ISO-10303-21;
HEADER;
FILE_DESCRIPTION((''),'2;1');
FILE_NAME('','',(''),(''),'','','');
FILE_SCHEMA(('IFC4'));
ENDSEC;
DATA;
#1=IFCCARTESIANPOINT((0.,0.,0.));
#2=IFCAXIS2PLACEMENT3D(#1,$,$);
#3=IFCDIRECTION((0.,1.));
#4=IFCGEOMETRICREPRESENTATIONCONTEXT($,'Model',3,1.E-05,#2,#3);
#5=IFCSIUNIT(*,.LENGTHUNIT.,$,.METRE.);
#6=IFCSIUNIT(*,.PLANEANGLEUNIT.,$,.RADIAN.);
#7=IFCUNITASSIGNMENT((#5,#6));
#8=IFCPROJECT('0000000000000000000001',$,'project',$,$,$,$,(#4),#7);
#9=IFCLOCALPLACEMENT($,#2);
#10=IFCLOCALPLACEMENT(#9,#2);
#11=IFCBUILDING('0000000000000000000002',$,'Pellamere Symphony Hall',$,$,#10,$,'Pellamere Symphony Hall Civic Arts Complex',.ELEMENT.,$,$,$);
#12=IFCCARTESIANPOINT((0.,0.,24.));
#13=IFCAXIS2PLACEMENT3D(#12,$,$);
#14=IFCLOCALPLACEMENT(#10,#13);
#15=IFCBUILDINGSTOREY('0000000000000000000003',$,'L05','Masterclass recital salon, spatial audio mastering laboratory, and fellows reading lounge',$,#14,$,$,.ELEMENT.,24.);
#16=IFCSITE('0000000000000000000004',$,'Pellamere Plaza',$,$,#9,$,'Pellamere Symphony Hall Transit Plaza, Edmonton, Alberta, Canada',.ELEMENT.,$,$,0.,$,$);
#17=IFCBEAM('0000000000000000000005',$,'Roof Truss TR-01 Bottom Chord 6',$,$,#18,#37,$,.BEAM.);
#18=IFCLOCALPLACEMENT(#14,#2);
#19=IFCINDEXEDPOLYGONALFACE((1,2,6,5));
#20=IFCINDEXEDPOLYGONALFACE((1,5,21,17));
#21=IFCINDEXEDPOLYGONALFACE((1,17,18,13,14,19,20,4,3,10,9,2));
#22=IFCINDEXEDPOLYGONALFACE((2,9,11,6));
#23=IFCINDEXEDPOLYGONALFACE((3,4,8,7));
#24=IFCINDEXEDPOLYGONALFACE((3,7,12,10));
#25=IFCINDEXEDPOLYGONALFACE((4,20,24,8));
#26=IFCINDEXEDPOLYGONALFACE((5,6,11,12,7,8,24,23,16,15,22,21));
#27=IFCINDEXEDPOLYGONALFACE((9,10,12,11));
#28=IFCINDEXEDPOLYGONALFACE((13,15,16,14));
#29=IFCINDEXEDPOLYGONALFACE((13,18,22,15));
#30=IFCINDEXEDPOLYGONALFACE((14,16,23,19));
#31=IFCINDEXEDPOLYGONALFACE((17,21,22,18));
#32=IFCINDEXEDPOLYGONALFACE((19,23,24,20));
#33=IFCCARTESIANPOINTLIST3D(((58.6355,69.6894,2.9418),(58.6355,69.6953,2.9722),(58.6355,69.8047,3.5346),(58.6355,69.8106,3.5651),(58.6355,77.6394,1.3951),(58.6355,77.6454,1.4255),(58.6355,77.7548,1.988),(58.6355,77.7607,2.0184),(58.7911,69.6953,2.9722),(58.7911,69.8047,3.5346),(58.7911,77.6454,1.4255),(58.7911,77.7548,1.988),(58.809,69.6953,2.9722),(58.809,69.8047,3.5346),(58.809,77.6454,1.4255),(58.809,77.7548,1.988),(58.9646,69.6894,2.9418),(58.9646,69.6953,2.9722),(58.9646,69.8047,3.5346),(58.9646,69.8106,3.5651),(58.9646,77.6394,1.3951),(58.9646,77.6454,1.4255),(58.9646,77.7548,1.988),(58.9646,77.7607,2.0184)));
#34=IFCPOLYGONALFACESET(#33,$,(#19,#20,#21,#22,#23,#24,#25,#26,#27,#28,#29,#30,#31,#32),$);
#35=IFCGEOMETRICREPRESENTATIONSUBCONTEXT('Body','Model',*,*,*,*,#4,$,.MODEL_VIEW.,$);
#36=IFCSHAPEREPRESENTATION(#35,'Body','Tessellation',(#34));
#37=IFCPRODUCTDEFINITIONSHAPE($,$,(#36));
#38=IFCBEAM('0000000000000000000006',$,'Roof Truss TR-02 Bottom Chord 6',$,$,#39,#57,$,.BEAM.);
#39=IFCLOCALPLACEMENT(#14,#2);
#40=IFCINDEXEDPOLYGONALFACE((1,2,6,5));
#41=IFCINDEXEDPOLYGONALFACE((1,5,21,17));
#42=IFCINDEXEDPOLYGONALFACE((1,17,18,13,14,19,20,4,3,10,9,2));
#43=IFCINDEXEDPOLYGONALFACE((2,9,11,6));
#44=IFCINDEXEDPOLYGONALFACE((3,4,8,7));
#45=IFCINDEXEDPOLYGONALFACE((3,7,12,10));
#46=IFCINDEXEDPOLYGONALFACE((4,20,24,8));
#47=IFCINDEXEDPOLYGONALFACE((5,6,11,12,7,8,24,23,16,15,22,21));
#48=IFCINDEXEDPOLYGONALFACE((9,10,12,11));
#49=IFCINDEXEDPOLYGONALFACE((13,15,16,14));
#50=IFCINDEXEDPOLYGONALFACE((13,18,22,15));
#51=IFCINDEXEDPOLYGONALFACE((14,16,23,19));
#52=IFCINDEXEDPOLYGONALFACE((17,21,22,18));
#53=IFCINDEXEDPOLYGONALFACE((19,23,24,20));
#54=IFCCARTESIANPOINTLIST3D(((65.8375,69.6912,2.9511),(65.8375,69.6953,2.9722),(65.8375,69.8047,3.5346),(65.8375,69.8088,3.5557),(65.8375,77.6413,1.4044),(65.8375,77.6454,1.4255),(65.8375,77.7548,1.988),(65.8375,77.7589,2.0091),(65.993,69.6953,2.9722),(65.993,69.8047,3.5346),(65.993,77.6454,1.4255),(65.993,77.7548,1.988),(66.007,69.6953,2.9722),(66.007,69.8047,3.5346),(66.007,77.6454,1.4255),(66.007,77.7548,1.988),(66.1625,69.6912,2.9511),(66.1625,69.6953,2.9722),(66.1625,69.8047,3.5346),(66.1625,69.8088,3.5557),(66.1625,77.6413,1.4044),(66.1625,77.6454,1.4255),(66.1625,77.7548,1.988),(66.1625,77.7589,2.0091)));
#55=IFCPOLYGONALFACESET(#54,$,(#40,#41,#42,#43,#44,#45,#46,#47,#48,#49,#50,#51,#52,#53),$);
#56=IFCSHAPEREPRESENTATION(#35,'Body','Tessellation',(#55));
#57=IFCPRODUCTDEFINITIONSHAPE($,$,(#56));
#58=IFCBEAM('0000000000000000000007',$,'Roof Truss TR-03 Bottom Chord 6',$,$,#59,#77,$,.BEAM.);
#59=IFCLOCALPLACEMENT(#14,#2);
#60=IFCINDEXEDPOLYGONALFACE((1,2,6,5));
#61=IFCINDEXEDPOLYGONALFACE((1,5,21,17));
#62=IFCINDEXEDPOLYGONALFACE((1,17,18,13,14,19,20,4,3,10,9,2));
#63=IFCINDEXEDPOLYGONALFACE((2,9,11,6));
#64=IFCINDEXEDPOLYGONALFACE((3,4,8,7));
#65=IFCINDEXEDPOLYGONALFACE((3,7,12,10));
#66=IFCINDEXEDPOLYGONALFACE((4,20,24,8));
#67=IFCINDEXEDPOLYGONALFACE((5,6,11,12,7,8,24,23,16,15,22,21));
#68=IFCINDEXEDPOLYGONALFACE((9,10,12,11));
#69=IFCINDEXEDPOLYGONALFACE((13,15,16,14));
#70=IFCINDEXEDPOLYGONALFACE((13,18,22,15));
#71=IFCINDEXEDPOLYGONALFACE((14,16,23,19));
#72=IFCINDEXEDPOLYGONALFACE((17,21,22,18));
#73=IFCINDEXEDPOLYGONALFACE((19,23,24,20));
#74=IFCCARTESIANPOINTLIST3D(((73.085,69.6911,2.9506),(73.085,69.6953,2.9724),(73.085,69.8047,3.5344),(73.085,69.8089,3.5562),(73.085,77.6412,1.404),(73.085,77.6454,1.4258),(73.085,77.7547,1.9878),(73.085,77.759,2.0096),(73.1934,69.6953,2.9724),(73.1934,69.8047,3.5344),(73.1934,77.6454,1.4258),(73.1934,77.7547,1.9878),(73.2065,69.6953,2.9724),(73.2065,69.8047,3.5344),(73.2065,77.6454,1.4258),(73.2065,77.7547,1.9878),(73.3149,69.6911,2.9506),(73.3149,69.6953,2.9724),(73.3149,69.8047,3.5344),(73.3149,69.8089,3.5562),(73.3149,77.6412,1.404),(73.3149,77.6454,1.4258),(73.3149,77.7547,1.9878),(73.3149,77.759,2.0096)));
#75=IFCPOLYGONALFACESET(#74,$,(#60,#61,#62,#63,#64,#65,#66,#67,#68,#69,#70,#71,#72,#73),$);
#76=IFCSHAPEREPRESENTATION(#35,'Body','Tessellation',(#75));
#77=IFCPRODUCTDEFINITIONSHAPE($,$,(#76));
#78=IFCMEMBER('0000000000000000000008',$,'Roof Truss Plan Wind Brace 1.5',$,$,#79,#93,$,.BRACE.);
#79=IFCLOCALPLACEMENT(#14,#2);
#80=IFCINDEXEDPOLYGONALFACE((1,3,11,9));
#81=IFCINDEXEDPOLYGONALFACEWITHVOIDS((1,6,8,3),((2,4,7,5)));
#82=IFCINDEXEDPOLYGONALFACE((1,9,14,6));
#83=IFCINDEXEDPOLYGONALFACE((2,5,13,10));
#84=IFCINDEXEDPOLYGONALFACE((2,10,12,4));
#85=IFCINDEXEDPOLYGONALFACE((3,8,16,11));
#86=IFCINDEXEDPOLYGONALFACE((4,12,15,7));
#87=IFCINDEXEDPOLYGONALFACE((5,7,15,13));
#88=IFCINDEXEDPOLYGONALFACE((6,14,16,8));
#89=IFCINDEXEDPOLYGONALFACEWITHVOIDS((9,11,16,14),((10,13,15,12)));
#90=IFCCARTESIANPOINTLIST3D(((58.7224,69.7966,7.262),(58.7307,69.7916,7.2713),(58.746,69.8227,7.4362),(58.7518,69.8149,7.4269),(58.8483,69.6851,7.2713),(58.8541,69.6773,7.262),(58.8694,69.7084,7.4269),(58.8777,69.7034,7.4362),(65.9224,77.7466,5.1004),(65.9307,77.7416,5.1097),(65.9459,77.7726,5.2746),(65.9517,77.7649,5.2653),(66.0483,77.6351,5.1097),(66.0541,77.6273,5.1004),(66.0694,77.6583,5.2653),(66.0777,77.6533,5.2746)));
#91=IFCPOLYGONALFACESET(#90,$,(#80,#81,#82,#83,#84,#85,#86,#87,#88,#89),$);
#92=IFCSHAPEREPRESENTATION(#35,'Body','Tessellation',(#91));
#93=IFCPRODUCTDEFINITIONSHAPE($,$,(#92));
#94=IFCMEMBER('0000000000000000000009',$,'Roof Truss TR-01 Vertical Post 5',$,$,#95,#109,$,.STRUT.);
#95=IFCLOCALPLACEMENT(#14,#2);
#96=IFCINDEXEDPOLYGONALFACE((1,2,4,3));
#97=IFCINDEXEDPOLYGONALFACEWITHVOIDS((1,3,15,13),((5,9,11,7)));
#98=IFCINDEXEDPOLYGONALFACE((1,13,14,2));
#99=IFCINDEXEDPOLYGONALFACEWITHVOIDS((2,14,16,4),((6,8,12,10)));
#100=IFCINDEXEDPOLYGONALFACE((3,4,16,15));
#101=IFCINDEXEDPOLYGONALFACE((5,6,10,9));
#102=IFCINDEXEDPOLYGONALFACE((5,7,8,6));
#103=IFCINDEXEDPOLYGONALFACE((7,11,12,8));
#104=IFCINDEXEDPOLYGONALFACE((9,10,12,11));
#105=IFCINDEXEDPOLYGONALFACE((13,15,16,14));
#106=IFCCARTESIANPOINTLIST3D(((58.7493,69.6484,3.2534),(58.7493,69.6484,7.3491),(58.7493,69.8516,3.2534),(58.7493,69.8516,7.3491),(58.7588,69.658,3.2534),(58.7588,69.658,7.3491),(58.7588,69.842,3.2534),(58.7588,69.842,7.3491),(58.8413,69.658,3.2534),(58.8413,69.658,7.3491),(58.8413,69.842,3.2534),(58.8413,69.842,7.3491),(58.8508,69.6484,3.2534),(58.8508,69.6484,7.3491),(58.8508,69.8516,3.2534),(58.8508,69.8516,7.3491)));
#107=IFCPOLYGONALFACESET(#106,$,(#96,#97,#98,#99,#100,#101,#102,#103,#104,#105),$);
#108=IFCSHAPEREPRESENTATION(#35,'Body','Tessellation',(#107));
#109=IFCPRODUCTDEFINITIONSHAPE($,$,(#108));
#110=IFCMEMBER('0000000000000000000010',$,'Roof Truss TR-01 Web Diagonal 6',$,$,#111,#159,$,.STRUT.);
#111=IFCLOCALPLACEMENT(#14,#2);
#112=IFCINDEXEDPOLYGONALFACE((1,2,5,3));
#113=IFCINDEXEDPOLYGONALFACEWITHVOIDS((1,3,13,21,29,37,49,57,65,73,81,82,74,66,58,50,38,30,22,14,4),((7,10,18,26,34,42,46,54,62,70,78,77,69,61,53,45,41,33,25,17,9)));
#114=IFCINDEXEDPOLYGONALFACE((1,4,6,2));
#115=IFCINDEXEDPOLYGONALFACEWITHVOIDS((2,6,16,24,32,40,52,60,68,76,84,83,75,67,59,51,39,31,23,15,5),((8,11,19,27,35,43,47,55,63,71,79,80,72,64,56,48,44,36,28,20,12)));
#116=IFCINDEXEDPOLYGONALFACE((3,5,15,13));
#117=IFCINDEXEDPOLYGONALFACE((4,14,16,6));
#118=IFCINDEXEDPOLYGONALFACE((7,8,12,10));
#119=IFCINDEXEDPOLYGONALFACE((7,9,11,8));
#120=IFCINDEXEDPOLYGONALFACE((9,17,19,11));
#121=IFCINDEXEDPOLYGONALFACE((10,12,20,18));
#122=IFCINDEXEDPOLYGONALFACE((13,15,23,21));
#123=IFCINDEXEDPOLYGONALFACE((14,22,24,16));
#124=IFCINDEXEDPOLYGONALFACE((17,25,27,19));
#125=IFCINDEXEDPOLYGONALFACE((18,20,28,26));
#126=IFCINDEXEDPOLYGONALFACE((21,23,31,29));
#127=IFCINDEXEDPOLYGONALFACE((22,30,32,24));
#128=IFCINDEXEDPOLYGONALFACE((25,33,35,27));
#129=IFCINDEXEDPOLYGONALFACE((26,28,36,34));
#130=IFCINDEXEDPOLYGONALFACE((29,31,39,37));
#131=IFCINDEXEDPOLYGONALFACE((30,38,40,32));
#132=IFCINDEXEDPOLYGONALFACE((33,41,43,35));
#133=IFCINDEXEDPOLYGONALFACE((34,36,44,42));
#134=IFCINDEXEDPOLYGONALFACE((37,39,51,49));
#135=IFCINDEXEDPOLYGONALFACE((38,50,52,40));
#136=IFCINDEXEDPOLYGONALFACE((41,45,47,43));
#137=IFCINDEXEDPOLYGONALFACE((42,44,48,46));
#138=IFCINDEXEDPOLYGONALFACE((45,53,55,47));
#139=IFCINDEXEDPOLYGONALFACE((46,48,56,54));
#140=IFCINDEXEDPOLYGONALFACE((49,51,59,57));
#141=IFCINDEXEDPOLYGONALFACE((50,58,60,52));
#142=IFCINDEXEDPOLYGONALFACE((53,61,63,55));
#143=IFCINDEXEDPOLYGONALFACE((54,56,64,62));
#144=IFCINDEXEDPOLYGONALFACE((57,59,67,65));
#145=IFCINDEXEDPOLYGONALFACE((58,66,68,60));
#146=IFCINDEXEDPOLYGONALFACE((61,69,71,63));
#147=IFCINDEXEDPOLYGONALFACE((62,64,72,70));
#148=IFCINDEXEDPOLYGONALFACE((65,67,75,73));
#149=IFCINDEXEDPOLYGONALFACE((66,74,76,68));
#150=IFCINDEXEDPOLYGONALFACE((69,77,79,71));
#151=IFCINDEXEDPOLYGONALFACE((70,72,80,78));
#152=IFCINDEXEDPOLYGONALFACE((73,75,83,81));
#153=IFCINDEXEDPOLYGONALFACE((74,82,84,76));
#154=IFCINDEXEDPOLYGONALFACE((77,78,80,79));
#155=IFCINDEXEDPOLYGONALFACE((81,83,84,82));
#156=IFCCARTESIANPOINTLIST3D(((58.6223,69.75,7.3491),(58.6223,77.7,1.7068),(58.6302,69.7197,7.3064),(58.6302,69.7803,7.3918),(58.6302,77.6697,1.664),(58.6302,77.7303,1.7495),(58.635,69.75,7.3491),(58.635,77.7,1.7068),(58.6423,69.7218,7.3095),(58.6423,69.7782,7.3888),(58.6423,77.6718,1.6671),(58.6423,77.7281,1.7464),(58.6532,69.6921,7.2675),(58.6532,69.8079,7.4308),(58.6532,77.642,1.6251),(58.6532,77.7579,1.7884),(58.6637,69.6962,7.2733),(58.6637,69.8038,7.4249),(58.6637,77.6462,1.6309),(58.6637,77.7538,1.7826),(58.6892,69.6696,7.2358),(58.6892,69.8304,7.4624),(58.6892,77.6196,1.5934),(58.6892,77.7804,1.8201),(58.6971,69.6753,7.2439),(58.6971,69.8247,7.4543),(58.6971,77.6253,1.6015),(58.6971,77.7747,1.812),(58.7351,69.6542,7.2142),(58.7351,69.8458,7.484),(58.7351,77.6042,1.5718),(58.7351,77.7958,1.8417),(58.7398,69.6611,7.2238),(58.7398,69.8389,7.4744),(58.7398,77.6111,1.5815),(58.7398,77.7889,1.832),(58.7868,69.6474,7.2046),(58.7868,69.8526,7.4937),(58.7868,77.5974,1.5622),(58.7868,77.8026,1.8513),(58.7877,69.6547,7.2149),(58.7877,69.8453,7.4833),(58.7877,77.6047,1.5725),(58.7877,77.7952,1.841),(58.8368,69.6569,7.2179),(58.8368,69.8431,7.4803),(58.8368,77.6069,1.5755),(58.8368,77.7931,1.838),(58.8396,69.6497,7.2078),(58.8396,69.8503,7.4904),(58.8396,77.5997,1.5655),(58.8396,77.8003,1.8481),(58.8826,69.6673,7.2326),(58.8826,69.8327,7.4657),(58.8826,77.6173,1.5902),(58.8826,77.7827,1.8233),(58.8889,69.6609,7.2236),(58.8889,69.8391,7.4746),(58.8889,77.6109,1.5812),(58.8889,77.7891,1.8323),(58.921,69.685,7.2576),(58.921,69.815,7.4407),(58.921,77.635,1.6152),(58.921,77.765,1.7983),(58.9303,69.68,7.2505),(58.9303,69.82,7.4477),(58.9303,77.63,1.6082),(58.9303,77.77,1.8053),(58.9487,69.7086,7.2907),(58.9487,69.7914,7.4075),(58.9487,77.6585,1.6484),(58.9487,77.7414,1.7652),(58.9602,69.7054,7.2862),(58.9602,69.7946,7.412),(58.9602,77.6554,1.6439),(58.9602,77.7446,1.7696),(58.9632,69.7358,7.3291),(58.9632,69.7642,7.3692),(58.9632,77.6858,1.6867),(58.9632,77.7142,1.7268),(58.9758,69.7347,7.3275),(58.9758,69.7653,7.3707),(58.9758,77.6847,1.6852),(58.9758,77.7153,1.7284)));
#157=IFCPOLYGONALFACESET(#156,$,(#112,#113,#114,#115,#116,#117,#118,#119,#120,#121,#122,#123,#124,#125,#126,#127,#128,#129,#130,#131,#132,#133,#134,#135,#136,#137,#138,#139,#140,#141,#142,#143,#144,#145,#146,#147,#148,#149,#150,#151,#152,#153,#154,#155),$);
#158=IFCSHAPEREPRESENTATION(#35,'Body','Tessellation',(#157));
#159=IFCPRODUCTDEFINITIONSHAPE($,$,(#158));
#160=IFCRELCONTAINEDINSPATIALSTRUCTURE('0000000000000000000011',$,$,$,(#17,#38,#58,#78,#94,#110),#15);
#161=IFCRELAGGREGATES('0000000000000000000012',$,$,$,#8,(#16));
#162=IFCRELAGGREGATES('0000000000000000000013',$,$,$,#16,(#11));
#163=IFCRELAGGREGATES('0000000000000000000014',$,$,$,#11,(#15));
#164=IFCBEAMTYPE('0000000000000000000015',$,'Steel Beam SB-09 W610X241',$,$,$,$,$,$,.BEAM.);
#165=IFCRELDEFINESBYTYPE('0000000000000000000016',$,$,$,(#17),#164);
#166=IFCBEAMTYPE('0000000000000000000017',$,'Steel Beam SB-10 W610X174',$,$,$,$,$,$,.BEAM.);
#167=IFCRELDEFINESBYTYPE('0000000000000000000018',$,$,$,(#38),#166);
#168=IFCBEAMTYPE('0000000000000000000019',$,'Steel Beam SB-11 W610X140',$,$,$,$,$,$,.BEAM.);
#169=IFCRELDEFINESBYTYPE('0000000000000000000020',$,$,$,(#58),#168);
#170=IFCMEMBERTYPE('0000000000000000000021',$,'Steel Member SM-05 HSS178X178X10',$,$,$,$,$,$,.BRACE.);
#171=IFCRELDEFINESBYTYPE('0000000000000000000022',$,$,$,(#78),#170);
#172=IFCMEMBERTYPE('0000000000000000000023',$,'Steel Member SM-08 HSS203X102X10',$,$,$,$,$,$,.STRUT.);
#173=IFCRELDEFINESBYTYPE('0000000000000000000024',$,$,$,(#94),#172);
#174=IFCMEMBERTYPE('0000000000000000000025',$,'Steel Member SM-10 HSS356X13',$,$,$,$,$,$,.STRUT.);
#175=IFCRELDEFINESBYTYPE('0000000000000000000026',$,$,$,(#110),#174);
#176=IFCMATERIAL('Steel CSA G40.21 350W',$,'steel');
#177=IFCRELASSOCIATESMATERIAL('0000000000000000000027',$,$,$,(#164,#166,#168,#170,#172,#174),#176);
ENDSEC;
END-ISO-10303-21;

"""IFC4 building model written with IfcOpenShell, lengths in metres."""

from ifc_helpers import new_model, si_unit, direction, frame, origin, origin_2d, place, context, subcontext, project, spatial, hollow_rectangle, hollow_circle, i_section, extrude, material, material_profile, profile_set, type_object, element, save


model = new_model("IFC4")

# Units and contexts
model_context = context("Model", 3, precision=1e-05, world=origin(), true_north=direction((0.0, 1.0)))
body_context = subcontext(model_context, "Body", "Model", "MODEL_VIEW")
ifc_project = project(units=[si_unit("LENGTHUNIT", "METRE"), si_unit("PLANEANGLEUNIT", "RADIAN")], contexts=[model_context])

# Site, building, storey
site_placement = place(None, origin())
site = spatial("IfcSite", under=ifc_project, at=site_placement, Name="Pellamere Plaza", LongName="Pellamere Symphony Hall Transit Plaza, Edmonton, Alberta, Canada", CompositionType="ELEMENT", RefElevation=0.0)
building_placement = place(site_placement, origin())
building = spatial("IfcBuilding", under=site, at=building_placement, Name="Pellamere Symphony Hall", LongName="Pellamere Symphony Hall Civic Arts Complex", CompositionType="ELEMENT")
storey_placement = place(building_placement, frame((0.0, 0.0, 24.0)))
storey = spatial("IfcBuildingStorey", under=building, at=storey_placement, Name="L05", Description="Masterclass recital salon, spatial audio mastering laboratory, and fellows reading lounge", CompositionType="ELEMENT", Elevation=24.0)

# Beams
ifc_material_1 = material(Name="Steel CSA G40.21 350W", Category="steel")
ifc_material_profile_1 = material_profile(ifc_material_1, i_section(OverallWidth=0.3291, OverallDepth=0.635, WebThickness=0.0178, FlangeThickness=0.031, at=origin_2d()), Name="W610X241")
ifc_profile_set_1 = profile_set([ifc_material_profile_1], Name="Steel CSA G40.21 350W")
beam_type_1 = type_object("IfcBeamType", Name="Steel Beam SB-09 W610X241", PredefinedType="BEAM", material=ifc_profile_set_1)
beam_1_placement = place(storey_placement, frame((58.8, 69.75, 3.2534), z_axis=(0.0, 0.981597, -0.190966), x_axis=(-1.0, 0.0, 0.0)))
element("IfcBeam", 1, at=beam_1_placement, inside=storey, type_object=beam_type_1, Name="Roof Truss TR-01 Bottom Chord 6", PredefinedType="BEAM", context=body_context, shape_type="SweptSolid", body=[
    extrude(i_section(OverallWidth=0.3291, OverallDepth=0.635, WebThickness=0.0178, FlangeThickness=0.031, at=origin_2d()), origin(), (0.0, 0.0, 1.0), 8.0991),
])
ifc_material_profile_2 = material_profile(ifc_material_1, i_section(OverallWidth=0.325, OverallDepth=0.616, WebThickness=0.0139, FlangeThickness=0.0215, at=origin_2d()), Name="W610X174")
ifc_profile_set_2 = profile_set([ifc_material_profile_2], Name="Steel CSA G40.21 350W")
beam_type_2 = type_object("IfcBeamType", Name="Steel Beam SB-10 W610X174", PredefinedType="BEAM", material=ifc_profile_set_2)
beam_2_placement = place(storey_placement, frame((66.0, 69.75, 3.2534), z_axis=(0.0, 0.981597, -0.190966), x_axis=(-1.0, 0.0, 0.0)))
element("IfcBeam", 2, at=beam_2_placement, inside=storey, type_object=beam_type_2, Name="Roof Truss TR-02 Bottom Chord 6", PredefinedType="BEAM", context=body_context, shape_type="SweptSolid", body=[
    extrude(i_section(OverallWidth=0.325, OverallDepth=0.616, WebThickness=0.0139, FlangeThickness=0.0215, at=origin_2d()), origin(), (0.0, 0.0, 1.0), 8.0991),
])
ifc_material_profile_3 = material_profile(ifc_material_1, i_section(OverallWidth=0.23, OverallDepth=0.6169, WebThickness=0.0132, FlangeThickness=0.0222, at=origin_2d()), Name="W610X140")
ifc_profile_set_3 = profile_set([ifc_material_profile_3], Name="Steel CSA G40.21 350W")
beam_type_3 = type_object("IfcBeamType", Name="Steel Beam SB-11 W610X140", PredefinedType="BEAM", material=ifc_profile_set_3)
beam_3_placement = place(storey_placement, frame((73.2, 69.75, 3.2534), z_axis=(0.0, 0.981597, -0.190966), x_axis=(-1.0, 0.0, 0.0)))
element("IfcBeam", 3, at=beam_3_placement, inside=storey, type_object=beam_type_3, Name="Roof Truss TR-03 Bottom Chord 6", PredefinedType="BEAM", context=body_context, shape_type="SweptSolid", body=[
    extrude(i_section(OverallWidth=0.23, OverallDepth=0.6169, WebThickness=0.0132, FlangeThickness=0.0222, at=origin_2d()), origin(), (0.0, 0.0, 1.0), 8.0991),
])

# Members
ifc_material_profile_4 = material_profile(ifc_material_1, hollow_rectangle(XDim=0.1777, YDim=0.1777, WallThickness=0.0095, at=origin_2d()), Name="HSS178X178X10")
ifc_profile_set_4 = profile_set([ifc_material_profile_4], Name="Steel CSA G40.21 350W")
member_type_1 = type_object("IfcMemberType", Name="Steel Member SM-05 HSS178X178X10", PredefinedType="BRACE", material=ifc_profile_set_4)
member_1_placement = place(storey_placement, frame((58.8, 69.75, 7.3491), z_axis=(0.658048, 0.726595, -0.197564), x_axis=(-0.741205, 0.671279, 0.0)))
element("IfcMember", 4, at=member_1_placement, inside=storey, type_object=member_type_1, Name="Roof Truss Plan Wind Brace 1.5", PredefinedType="BRACE", context=body_context, shape_type="SweptSolid", body=[
    extrude(hollow_rectangle(XDim=0.1777, YDim=0.1777, WallThickness=0.0095, at=origin_2d()), origin(), (0.0, 0.0, 1.0), 10.9414),
])
ifc_material_profile_5 = material_profile(ifc_material_1, hollow_rectangle(XDim=0.1016, YDim=0.2031, WallThickness=0.0095, at=origin_2d()), Name="HSS203X102X10")
ifc_profile_set_5 = profile_set([ifc_material_profile_5], Name="Steel CSA G40.21 350W")
member_type_2 = type_object("IfcMemberType", Name="Steel Member SM-08 HSS203X102X10", PredefinedType="STRUT", material=ifc_profile_set_5)
member_2_placement = place(storey_placement, frame((58.8, 69.75, 3.2534), z_axis=(0.0, 0.0, 1.0), x_axis=(1.0, 0.0, 0.0)))
element("IfcMember", 5, at=member_2_placement, inside=storey, type_object=member_type_2, Name="Roof Truss TR-01 Vertical Post 5", PredefinedType="STRUT", context=body_context, shape_type="SweptSolid", body=[
    extrude(hollow_rectangle(XDim=0.1016, YDim=0.2031, WallThickness=0.0095, at=origin_2d()), origin(), (0.0, 0.0, 1.0), 4.0957),
])
ifc_material_profile_6 = material_profile(ifc_material_1, hollow_circle(Radius=0.1777, WallThickness=0.0127, at=origin_2d()), Name="HSS356X13")
ifc_profile_set_6 = profile_set([ifc_material_profile_6], Name="Steel CSA G40.21 350W")
member_type_3 = type_object("IfcMemberType", Name="Steel Member SM-10 HSS356X13", PredefinedType="STRUT", material=ifc_profile_set_6)
member_3_placement = place(storey_placement, frame((58.8, 69.75, 7.3491), z_axis=(0.0, 0.815486, -0.578777), x_axis=(-1.0, 0.0, 0.0)))
element("IfcMember", 6, at=member_3_placement, inside=storey, type_object=member_type_3, Name="Roof Truss TR-01 Web Diagonal 6", PredefinedType="STRUT", context=body_context, shape_type="SweptSolid", body=[
    extrude(hollow_circle(Radius=0.1777, WallThickness=0.0127, at=origin_2d()), origin(), (0.0, 0.0, 1.0), 9.7488),
])

save(model, "model.ifc")
